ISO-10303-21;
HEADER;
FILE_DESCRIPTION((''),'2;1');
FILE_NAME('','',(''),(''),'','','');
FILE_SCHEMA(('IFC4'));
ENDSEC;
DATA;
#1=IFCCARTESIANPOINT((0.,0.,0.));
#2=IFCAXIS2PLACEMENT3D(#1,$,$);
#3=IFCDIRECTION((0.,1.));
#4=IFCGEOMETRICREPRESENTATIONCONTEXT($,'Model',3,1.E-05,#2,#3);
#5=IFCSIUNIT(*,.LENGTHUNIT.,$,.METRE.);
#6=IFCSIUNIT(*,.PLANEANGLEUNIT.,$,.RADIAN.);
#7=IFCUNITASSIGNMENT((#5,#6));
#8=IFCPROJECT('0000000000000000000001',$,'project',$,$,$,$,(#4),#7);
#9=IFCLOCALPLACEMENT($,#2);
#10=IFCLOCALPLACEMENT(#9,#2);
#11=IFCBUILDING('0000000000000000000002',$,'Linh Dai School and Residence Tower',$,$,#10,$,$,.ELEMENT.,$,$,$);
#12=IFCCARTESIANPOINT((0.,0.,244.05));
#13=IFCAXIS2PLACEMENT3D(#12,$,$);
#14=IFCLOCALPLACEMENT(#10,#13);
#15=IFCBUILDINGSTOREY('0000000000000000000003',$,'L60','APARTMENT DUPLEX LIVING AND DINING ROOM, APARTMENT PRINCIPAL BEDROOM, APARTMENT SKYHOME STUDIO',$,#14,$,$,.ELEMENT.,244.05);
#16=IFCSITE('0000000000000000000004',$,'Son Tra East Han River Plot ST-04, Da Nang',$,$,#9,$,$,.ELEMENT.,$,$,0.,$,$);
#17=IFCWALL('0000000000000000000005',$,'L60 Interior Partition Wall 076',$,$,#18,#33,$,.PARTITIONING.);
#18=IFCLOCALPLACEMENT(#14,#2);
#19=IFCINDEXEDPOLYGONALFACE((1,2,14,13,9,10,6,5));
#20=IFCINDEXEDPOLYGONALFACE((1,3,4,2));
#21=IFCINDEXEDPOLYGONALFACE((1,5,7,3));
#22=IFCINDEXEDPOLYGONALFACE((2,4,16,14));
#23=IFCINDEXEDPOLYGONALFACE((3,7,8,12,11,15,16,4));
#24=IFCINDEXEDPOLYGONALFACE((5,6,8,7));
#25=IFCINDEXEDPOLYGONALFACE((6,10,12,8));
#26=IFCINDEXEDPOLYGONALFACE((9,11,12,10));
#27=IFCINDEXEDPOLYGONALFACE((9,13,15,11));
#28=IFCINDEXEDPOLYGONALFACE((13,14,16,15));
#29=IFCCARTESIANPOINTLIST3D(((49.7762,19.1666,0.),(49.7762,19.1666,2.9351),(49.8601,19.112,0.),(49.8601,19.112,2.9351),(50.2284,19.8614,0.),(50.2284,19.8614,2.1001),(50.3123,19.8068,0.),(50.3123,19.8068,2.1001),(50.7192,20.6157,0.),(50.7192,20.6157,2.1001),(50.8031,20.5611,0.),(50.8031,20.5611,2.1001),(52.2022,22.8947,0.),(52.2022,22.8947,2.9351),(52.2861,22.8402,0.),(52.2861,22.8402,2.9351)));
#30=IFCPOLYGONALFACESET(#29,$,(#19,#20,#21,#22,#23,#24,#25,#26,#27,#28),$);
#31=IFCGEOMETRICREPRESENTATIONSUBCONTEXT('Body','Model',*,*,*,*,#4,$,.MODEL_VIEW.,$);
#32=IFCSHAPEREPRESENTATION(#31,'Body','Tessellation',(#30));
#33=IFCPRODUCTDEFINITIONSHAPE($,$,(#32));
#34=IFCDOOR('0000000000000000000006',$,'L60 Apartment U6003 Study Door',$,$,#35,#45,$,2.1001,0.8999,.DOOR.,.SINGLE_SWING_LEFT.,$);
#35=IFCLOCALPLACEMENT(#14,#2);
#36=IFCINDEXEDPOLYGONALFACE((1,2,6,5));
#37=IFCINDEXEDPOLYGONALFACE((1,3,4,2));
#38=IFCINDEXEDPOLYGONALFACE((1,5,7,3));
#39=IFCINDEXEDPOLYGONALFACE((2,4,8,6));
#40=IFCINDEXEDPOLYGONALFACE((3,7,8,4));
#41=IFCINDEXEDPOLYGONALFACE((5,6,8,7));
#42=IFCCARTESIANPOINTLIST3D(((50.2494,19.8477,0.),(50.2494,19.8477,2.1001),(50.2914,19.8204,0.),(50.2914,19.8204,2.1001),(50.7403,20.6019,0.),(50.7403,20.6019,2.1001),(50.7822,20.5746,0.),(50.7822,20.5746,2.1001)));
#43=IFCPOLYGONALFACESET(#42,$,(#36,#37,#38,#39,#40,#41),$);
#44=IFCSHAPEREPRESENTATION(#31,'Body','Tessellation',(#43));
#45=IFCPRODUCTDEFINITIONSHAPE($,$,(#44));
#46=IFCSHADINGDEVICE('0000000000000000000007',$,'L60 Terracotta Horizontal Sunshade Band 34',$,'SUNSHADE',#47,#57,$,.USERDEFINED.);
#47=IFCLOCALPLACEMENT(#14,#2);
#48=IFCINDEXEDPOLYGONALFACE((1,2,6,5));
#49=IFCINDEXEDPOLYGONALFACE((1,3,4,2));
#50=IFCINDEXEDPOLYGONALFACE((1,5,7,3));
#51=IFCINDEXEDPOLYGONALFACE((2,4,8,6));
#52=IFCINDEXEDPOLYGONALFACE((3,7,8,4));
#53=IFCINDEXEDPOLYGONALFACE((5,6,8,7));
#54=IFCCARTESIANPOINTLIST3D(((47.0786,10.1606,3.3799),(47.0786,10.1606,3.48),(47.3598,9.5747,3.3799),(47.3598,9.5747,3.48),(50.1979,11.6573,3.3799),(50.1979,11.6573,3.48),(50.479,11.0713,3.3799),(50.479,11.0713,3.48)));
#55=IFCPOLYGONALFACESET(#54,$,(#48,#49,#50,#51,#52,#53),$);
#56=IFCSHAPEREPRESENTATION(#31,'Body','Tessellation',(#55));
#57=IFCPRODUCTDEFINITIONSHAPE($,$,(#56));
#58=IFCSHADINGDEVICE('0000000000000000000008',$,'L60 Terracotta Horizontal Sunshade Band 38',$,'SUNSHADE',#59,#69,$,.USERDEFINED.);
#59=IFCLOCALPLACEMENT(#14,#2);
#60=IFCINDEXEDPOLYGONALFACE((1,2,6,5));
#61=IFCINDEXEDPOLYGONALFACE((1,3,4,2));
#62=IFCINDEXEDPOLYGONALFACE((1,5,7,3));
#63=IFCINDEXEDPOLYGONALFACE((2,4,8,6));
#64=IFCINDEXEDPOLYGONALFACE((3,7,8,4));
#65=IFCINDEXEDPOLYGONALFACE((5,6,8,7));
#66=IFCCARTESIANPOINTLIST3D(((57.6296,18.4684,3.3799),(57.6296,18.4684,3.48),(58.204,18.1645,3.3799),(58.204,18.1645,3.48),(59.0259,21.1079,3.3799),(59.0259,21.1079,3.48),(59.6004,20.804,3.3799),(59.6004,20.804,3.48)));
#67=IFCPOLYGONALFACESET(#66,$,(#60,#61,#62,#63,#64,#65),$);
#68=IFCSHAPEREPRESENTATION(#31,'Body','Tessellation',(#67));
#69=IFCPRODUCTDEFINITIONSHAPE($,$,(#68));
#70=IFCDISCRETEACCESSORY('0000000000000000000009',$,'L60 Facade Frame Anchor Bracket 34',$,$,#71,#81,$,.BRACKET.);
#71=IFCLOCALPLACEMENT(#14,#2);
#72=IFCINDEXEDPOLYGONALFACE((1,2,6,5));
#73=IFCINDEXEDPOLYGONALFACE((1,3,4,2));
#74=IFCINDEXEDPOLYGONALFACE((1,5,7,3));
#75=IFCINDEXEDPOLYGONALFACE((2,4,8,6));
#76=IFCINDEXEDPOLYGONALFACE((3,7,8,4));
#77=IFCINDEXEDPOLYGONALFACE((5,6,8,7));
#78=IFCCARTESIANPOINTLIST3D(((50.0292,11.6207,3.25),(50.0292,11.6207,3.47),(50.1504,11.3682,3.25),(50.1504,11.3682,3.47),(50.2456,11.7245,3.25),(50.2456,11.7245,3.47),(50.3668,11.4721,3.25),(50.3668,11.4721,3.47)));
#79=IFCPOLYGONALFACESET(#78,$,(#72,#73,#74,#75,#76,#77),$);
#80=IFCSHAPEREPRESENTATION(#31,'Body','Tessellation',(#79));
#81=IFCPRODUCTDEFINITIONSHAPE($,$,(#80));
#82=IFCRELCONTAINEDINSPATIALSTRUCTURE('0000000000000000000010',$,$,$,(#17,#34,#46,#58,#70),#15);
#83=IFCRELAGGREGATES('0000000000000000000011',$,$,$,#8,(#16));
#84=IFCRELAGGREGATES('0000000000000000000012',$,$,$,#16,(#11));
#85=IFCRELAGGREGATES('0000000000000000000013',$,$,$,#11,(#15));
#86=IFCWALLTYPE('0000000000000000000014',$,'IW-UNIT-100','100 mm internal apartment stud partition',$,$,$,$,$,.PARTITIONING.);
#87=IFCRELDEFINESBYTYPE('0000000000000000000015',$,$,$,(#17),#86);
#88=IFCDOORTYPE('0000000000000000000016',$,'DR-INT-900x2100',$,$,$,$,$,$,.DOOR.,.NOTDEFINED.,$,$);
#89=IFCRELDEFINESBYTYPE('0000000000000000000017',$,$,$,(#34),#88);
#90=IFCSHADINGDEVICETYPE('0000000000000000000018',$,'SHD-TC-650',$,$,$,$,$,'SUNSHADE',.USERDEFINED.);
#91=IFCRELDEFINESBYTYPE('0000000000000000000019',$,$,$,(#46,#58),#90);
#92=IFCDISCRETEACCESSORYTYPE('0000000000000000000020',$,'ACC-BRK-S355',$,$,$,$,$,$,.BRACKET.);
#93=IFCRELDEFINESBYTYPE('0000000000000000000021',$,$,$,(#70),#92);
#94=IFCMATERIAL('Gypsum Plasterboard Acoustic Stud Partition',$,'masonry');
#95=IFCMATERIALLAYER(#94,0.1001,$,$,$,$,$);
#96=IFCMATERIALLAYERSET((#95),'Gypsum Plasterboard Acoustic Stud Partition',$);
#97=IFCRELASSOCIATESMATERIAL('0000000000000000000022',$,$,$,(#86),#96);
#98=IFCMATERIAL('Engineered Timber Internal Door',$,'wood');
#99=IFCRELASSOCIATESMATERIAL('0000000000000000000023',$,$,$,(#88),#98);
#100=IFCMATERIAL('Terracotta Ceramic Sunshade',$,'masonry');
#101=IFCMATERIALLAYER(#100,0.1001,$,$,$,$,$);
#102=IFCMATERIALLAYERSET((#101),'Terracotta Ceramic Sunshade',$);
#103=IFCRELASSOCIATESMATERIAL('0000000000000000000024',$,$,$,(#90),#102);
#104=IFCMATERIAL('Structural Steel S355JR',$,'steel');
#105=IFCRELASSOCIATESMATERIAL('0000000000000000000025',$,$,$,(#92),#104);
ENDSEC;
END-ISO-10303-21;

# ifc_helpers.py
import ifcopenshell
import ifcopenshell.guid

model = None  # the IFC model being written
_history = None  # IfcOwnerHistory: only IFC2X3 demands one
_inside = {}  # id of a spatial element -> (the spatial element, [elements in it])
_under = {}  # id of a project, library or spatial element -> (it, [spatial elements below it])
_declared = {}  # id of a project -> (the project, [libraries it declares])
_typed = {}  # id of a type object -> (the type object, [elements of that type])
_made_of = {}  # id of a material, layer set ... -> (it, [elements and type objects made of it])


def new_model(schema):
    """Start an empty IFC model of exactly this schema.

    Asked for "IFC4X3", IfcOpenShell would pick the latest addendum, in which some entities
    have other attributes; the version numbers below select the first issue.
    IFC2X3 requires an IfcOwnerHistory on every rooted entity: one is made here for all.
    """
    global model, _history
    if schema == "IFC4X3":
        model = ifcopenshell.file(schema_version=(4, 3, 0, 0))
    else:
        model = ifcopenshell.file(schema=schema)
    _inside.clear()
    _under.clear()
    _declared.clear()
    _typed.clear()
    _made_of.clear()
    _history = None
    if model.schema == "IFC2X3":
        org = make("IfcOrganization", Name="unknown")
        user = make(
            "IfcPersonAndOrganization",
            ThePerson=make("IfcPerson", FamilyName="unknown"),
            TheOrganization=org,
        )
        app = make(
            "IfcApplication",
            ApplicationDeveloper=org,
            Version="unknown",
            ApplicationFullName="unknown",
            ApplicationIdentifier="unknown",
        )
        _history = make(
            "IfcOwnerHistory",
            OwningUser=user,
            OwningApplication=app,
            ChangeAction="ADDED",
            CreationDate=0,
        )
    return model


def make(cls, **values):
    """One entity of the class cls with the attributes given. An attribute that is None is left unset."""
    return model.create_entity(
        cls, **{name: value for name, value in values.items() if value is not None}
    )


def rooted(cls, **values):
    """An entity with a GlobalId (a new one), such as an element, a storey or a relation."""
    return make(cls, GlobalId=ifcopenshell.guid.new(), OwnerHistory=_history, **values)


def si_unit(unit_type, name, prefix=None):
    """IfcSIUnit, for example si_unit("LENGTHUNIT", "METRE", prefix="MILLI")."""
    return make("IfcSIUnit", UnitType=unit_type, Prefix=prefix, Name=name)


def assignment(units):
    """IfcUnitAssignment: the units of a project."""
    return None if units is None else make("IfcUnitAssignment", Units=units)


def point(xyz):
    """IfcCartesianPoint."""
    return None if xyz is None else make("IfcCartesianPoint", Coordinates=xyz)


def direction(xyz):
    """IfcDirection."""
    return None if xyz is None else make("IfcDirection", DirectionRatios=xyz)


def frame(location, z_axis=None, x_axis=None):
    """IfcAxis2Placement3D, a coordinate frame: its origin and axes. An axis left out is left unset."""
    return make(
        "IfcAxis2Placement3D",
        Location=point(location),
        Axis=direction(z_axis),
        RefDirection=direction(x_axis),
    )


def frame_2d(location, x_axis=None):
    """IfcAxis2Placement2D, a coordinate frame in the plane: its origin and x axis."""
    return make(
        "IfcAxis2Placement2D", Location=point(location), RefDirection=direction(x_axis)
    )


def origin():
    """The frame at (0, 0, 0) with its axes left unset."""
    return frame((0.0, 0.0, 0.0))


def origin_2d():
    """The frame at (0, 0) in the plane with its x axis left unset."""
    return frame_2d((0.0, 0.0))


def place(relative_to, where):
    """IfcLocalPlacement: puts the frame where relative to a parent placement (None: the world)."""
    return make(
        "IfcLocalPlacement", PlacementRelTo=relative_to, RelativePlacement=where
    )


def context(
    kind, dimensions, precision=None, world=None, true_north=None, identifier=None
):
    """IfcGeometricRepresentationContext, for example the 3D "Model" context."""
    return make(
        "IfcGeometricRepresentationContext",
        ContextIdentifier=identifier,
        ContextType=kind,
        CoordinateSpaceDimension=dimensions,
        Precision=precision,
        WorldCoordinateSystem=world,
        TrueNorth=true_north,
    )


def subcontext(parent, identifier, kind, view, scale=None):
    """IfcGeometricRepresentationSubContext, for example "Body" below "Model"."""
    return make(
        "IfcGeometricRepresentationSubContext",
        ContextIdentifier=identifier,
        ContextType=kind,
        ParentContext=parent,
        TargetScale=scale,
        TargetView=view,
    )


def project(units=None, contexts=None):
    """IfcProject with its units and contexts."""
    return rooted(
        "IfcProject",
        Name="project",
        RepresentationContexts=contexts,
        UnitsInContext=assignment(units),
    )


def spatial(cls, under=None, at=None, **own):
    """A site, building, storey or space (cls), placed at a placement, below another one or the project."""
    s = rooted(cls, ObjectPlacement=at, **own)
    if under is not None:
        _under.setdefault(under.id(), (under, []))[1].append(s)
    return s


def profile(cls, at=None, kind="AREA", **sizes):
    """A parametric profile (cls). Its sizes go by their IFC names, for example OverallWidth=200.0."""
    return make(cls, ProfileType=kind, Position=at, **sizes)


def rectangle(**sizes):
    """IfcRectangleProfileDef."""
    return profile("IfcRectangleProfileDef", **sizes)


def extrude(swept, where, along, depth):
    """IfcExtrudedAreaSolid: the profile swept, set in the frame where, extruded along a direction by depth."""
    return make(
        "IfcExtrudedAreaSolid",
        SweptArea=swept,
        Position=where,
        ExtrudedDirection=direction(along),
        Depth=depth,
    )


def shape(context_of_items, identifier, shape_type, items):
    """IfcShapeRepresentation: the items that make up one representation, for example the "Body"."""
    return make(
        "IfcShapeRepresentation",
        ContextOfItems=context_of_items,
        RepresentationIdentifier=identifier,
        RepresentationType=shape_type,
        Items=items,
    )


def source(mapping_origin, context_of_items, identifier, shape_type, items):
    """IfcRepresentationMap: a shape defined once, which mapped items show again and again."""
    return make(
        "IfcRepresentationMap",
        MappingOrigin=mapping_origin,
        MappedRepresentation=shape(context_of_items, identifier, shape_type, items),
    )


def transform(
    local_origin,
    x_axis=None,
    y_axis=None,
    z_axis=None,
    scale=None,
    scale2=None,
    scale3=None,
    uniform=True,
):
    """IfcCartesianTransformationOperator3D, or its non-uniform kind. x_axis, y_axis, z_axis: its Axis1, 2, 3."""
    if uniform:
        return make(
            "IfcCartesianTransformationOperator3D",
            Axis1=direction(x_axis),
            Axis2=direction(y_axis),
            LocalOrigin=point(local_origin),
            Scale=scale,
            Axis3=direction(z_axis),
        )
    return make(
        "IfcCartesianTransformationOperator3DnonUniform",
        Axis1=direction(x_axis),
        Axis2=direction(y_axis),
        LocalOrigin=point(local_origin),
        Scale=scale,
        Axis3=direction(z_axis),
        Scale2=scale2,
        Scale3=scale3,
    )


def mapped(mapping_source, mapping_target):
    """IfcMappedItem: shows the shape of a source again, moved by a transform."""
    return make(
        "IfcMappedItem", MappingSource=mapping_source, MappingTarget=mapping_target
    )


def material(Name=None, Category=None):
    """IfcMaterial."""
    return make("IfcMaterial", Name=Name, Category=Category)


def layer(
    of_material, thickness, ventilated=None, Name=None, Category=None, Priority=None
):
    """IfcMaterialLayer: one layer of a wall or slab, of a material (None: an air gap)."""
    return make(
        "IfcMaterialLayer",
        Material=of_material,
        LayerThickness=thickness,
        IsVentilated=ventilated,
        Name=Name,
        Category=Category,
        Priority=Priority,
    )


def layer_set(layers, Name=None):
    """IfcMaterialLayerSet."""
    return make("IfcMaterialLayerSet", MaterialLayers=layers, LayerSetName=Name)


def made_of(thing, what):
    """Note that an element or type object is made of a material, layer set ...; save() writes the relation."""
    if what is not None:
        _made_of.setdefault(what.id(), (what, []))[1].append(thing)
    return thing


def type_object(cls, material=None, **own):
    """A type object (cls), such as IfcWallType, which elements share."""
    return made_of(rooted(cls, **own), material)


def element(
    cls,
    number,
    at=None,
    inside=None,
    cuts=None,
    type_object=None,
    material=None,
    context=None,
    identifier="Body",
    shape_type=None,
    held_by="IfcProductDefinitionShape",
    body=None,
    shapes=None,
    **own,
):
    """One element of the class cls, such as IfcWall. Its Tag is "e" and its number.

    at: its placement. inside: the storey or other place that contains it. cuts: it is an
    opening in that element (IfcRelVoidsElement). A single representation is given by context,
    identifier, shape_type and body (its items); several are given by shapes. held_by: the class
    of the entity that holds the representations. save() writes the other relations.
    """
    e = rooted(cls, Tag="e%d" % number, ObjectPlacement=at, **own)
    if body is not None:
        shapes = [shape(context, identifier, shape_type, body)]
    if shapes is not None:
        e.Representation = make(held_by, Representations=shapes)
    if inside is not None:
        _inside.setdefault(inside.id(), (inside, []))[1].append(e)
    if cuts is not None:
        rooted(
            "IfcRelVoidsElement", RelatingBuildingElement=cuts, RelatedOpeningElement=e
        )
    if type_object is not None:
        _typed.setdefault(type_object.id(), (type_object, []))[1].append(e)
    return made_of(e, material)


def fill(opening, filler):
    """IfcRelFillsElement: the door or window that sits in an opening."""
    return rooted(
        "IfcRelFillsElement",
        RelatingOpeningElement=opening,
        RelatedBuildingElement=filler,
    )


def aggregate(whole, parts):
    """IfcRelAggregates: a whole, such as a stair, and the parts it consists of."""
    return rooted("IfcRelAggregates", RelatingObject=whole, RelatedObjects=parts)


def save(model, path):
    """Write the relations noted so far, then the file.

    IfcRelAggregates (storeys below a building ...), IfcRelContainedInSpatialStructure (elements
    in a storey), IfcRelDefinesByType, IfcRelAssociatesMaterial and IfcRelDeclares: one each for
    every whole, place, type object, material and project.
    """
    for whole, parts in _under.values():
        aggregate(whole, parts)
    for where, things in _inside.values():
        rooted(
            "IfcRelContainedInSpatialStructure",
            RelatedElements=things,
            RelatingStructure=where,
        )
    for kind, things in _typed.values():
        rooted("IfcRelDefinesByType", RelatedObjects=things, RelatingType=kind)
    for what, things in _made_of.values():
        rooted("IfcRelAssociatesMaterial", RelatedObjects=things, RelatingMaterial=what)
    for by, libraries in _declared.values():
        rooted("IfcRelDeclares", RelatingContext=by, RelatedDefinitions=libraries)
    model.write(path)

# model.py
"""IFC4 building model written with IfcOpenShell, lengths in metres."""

from ifc_helpers import new_model, si_unit, direction, frame, frame_2d, origin, origin_2d, place, context, subcontext, project, spatial, rectangle, extrude, source, transform, mapped, material, layer, layer_set, type_object, element, fill, save


model = new_model("IFC4")

# Units and contexts
model_context = context("Model", 3, precision=1e-05, world=origin(), true_north=direction((0.0, 1.0)))
body_context = subcontext(model_context, "Body", "Model", "MODEL_VIEW")
ifc_project = project(units=[si_unit("LENGTHUNIT", "METRE"), si_unit("PLANEANGLEUNIT", "RADIAN")], contexts=[model_context])

# Site, building, storey
site_placement = place(None, origin())
site = spatial("IfcSite", under=ifc_project, at=site_placement, Name="Son Tra East Han River Plot ST-04, Da Nang", CompositionType="ELEMENT", RefElevation=0.0)
building_placement = place(site_placement, origin())
building = spatial("IfcBuilding", under=site, at=building_placement, Name="Linh Dai School and Residence Tower", CompositionType="ELEMENT")
storey_placement = place(building_placement, frame((0.0, 0.0, 244.05)))
storey = spatial("IfcBuildingStorey", under=building, at=storey_placement, Name="L60", Description="APARTMENT DUPLEX LIVING AND DINING ROOM, APARTMENT PRINCIPAL BEDROOM, APARTMENT SKYHOME STUDIO", CompositionType="ELEMENT", Elevation=244.05)

# Shared definitions
ifc_material_1 = material(Name="Structural Steel S355JR", Category="steel")

# Shared definitions
ifc_material_2 = material(Name="Gypsum Plasterboard Acoustic Stud Partition", Category="masonry")
ifc_layer_1 = layer(ifc_material_2, 0.1001)
ifc_layer_set_1 = layer_set([ifc_layer_1], Name="Gypsum Plasterboard Acoustic Stud Partition")
wall_type_1 = type_object("IfcWallType", Name="IW-UNIT-100", Description="100 mm internal apartment stud partition", PredefinedType="PARTITIONING", material=ifc_layer_set_1)
ifc_material_3 = material(Name="Engineered Timber Internal Door", Category="wood")
door_type = type_object("IfcDoorType", Name="DR-INT-900x2100", OperationType="NOTDEFINED", PredefinedType="DOOR", material=ifc_material_3)
shared_shape_1 = source(origin(), body_context, "Body", "SweptSolid", [
    extrude(rectangle(XDim=0.8999, YDim=2.1001, at=origin_2d()), frame((0.45, 0.0249, 1.05), z_axis=(0.0, -1.0, 0.0), x_axis=(1.0, 0.0, 0.0)), (0.0, 0.0, 1.0), 0.05),
])

# Wall, opening, door
wall_1_placement = place(storey_placement, frame((49.8181, 19.1392, 0.0), z_axis=(0.0, 0.0, 1.0), x_axis=(0.545407, 0.838171, 0.0)))
wall_1 = element("IfcWall", 1, at=wall_1_placement, inside=storey, type_object=wall_type_1, Name="L60 Interior Partition Wall 076", PredefinedType="PARTITIONING", context=body_context, shape_type="SweptSolid", body=[
    extrude(rectangle(XDim=4.448, YDim=0.1001, at=frame_2d((2.2241, 0.0))), origin(), (0.0, 0.0, 1.0), 2.9351),
])
opening_1_placement = place(wall_1_placement, frame((0.8291, 0.0, 0.0)))
opening_1 = element("IfcOpeningElement", 2, at=opening_1_placement, cuts=wall_1, PredefinedType="OPENING", context=body_context, shape_type="SweptSolid", body=[
    extrude(rectangle(XDim=0.8999, YDim=2.1001, at=origin_2d()), frame((0.45, 0.0601, 1.05), z_axis=(0.0, -1.0, 0.0), x_axis=(1.0, 0.0, 0.0)), (0.0, 0.0, 1.0), 0.1201),
])
door_1_placement = place(opening_1_placement, origin())
door_1 = element("IfcDoor", 3, at=door_1_placement, inside=storey, type_object=door_type, Name="L60 Apartment U6003 Study Door", OperationType="SINGLE_SWING_LEFT", OverallHeight=2.1001, OverallWidth=0.8999, PredefinedType="DOOR", context=body_context, shape_type="MappedRepresentation", body=[
    mapped(shared_shape_1, transform((0.0, 0.0, 0.0), x_axis=(1.0, 0.0, 0.0), y_axis=(0.0, 1.0, 0.0), z_axis=(0.0, 0.0, 1.0), scale=1.0)),
])
fill(opening_1, door_1)

# Shading devices
ifc_material_4 = material(Name="Terracotta Ceramic Sunshade", Category="masonry")
ifc_layer_2 = layer(ifc_material_4, 0.1001)
ifc_layer_set_2 = layer_set([ifc_layer_2], Name="Terracotta Ceramic Sunshade")
shading_device_type = type_object("IfcShadingDeviceType", Name="SHD-TC-650", ElementType="SUNSHADE", PredefinedType="USERDEFINED", material=ifc_layer_set_2)
shared_shape_2 = source(origin(), body_context, "Body", "SweptSolid", [
    extrude(rectangle(XDim=3.4597, YDim=0.6499, at=origin_2d()), origin(), (0.0, 0.0, 1.0), 0.1001),
])
shading_device_1_placement = place(storey_placement, frame((48.7788, 10.616, 3.3799), z_axis=(0.0, 0.0, 1.0), x_axis=(-0.901589, -0.432594, 0.0)))
element("IfcShadingDevice", 4, at=shading_device_1_placement, inside=storey, type_object=shading_device_type, Name="L60 Terracotta Horizontal Sunshade Band 34", ObjectType="SUNSHADE", PredefinedType="USERDEFINED", context=body_context, shape_type="MappedRepresentation", body=[
    mapped(shared_shape_2, transform((0.0, 0.0, 0.0), x_axis=(1.0, 0.0, 0.0), y_axis=(0.0, 1.0, 0.0), z_axis=(0.0, 0.0, 1.0), scale=1.0)),
])
shared_shape_3 = source(origin(), body_context, "Body", "SweptSolid", [
    extrude(rectangle(XDim=2.9861, YDim=0.6499, at=origin_2d()), origin(), (0.0, 0.0, 1.0), 0.1001),
])
shading_device_2_placement = place(storey_placement, frame((58.615, 19.6362, 3.3799), z_axis=(0.0, 0.0, 1.0), x_axis=(-0.467621, -0.883929, 0.0)))
element("IfcShadingDevice", 5, at=shading_device_2_placement, inside=storey, type_object=shading_device_type, Name="L60 Terracotta Horizontal Sunshade Band 38", ObjectType="SUNSHADE", PredefinedType="USERDEFINED", context=body_context, shape_type="MappedRepresentation", body=[
    mapped(shared_shape_3, transform((0.0, 0.0, 0.0), x_axis=(1.0, 0.0, 0.0), y_axis=(0.0, 1.0, 0.0), z_axis=(0.0, 0.0, 1.0), scale=1.0)),
])

# Discrete accessory
discrete_accessory_type = type_object("IfcDiscreteAccessoryType", Name="ACC-BRK-S355", PredefinedType="BRACKET", material=ifc_material_1)
shared_shape_4 = source(origin(), body_context, "Body", "SweptSolid", [
    extrude(rectangle(XDim=0.28, YDim=0.24, at=origin_2d()), origin(), (0.0, 0.0, 1.0), 0.22),
])
discrete_accessory_placement = place(storey_placement, frame((50.198, 11.5464, 3.25), z_axis=(0.0, 0.0, 1.0), x_axis=(0.432594, -0.901589, 0.0)))
element("IfcDiscreteAccessory", 6, at=discrete_accessory_placement, inside=storey, type_object=discrete_accessory_type, Name="L60 Facade Frame Anchor Bracket 34", PredefinedType="BRACKET", context=body_context, shape_type="MappedRepresentation", body=[
    mapped(shared_shape_4, transform((0.0, 0.0, 0.0), x_axis=(1.0, 0.0, 0.0), y_axis=(0.0, 1.0, 0.0), z_axis=(0.0, 0.0, 1.0), scale=1.0)),
])

save(model, "model.ifc")
